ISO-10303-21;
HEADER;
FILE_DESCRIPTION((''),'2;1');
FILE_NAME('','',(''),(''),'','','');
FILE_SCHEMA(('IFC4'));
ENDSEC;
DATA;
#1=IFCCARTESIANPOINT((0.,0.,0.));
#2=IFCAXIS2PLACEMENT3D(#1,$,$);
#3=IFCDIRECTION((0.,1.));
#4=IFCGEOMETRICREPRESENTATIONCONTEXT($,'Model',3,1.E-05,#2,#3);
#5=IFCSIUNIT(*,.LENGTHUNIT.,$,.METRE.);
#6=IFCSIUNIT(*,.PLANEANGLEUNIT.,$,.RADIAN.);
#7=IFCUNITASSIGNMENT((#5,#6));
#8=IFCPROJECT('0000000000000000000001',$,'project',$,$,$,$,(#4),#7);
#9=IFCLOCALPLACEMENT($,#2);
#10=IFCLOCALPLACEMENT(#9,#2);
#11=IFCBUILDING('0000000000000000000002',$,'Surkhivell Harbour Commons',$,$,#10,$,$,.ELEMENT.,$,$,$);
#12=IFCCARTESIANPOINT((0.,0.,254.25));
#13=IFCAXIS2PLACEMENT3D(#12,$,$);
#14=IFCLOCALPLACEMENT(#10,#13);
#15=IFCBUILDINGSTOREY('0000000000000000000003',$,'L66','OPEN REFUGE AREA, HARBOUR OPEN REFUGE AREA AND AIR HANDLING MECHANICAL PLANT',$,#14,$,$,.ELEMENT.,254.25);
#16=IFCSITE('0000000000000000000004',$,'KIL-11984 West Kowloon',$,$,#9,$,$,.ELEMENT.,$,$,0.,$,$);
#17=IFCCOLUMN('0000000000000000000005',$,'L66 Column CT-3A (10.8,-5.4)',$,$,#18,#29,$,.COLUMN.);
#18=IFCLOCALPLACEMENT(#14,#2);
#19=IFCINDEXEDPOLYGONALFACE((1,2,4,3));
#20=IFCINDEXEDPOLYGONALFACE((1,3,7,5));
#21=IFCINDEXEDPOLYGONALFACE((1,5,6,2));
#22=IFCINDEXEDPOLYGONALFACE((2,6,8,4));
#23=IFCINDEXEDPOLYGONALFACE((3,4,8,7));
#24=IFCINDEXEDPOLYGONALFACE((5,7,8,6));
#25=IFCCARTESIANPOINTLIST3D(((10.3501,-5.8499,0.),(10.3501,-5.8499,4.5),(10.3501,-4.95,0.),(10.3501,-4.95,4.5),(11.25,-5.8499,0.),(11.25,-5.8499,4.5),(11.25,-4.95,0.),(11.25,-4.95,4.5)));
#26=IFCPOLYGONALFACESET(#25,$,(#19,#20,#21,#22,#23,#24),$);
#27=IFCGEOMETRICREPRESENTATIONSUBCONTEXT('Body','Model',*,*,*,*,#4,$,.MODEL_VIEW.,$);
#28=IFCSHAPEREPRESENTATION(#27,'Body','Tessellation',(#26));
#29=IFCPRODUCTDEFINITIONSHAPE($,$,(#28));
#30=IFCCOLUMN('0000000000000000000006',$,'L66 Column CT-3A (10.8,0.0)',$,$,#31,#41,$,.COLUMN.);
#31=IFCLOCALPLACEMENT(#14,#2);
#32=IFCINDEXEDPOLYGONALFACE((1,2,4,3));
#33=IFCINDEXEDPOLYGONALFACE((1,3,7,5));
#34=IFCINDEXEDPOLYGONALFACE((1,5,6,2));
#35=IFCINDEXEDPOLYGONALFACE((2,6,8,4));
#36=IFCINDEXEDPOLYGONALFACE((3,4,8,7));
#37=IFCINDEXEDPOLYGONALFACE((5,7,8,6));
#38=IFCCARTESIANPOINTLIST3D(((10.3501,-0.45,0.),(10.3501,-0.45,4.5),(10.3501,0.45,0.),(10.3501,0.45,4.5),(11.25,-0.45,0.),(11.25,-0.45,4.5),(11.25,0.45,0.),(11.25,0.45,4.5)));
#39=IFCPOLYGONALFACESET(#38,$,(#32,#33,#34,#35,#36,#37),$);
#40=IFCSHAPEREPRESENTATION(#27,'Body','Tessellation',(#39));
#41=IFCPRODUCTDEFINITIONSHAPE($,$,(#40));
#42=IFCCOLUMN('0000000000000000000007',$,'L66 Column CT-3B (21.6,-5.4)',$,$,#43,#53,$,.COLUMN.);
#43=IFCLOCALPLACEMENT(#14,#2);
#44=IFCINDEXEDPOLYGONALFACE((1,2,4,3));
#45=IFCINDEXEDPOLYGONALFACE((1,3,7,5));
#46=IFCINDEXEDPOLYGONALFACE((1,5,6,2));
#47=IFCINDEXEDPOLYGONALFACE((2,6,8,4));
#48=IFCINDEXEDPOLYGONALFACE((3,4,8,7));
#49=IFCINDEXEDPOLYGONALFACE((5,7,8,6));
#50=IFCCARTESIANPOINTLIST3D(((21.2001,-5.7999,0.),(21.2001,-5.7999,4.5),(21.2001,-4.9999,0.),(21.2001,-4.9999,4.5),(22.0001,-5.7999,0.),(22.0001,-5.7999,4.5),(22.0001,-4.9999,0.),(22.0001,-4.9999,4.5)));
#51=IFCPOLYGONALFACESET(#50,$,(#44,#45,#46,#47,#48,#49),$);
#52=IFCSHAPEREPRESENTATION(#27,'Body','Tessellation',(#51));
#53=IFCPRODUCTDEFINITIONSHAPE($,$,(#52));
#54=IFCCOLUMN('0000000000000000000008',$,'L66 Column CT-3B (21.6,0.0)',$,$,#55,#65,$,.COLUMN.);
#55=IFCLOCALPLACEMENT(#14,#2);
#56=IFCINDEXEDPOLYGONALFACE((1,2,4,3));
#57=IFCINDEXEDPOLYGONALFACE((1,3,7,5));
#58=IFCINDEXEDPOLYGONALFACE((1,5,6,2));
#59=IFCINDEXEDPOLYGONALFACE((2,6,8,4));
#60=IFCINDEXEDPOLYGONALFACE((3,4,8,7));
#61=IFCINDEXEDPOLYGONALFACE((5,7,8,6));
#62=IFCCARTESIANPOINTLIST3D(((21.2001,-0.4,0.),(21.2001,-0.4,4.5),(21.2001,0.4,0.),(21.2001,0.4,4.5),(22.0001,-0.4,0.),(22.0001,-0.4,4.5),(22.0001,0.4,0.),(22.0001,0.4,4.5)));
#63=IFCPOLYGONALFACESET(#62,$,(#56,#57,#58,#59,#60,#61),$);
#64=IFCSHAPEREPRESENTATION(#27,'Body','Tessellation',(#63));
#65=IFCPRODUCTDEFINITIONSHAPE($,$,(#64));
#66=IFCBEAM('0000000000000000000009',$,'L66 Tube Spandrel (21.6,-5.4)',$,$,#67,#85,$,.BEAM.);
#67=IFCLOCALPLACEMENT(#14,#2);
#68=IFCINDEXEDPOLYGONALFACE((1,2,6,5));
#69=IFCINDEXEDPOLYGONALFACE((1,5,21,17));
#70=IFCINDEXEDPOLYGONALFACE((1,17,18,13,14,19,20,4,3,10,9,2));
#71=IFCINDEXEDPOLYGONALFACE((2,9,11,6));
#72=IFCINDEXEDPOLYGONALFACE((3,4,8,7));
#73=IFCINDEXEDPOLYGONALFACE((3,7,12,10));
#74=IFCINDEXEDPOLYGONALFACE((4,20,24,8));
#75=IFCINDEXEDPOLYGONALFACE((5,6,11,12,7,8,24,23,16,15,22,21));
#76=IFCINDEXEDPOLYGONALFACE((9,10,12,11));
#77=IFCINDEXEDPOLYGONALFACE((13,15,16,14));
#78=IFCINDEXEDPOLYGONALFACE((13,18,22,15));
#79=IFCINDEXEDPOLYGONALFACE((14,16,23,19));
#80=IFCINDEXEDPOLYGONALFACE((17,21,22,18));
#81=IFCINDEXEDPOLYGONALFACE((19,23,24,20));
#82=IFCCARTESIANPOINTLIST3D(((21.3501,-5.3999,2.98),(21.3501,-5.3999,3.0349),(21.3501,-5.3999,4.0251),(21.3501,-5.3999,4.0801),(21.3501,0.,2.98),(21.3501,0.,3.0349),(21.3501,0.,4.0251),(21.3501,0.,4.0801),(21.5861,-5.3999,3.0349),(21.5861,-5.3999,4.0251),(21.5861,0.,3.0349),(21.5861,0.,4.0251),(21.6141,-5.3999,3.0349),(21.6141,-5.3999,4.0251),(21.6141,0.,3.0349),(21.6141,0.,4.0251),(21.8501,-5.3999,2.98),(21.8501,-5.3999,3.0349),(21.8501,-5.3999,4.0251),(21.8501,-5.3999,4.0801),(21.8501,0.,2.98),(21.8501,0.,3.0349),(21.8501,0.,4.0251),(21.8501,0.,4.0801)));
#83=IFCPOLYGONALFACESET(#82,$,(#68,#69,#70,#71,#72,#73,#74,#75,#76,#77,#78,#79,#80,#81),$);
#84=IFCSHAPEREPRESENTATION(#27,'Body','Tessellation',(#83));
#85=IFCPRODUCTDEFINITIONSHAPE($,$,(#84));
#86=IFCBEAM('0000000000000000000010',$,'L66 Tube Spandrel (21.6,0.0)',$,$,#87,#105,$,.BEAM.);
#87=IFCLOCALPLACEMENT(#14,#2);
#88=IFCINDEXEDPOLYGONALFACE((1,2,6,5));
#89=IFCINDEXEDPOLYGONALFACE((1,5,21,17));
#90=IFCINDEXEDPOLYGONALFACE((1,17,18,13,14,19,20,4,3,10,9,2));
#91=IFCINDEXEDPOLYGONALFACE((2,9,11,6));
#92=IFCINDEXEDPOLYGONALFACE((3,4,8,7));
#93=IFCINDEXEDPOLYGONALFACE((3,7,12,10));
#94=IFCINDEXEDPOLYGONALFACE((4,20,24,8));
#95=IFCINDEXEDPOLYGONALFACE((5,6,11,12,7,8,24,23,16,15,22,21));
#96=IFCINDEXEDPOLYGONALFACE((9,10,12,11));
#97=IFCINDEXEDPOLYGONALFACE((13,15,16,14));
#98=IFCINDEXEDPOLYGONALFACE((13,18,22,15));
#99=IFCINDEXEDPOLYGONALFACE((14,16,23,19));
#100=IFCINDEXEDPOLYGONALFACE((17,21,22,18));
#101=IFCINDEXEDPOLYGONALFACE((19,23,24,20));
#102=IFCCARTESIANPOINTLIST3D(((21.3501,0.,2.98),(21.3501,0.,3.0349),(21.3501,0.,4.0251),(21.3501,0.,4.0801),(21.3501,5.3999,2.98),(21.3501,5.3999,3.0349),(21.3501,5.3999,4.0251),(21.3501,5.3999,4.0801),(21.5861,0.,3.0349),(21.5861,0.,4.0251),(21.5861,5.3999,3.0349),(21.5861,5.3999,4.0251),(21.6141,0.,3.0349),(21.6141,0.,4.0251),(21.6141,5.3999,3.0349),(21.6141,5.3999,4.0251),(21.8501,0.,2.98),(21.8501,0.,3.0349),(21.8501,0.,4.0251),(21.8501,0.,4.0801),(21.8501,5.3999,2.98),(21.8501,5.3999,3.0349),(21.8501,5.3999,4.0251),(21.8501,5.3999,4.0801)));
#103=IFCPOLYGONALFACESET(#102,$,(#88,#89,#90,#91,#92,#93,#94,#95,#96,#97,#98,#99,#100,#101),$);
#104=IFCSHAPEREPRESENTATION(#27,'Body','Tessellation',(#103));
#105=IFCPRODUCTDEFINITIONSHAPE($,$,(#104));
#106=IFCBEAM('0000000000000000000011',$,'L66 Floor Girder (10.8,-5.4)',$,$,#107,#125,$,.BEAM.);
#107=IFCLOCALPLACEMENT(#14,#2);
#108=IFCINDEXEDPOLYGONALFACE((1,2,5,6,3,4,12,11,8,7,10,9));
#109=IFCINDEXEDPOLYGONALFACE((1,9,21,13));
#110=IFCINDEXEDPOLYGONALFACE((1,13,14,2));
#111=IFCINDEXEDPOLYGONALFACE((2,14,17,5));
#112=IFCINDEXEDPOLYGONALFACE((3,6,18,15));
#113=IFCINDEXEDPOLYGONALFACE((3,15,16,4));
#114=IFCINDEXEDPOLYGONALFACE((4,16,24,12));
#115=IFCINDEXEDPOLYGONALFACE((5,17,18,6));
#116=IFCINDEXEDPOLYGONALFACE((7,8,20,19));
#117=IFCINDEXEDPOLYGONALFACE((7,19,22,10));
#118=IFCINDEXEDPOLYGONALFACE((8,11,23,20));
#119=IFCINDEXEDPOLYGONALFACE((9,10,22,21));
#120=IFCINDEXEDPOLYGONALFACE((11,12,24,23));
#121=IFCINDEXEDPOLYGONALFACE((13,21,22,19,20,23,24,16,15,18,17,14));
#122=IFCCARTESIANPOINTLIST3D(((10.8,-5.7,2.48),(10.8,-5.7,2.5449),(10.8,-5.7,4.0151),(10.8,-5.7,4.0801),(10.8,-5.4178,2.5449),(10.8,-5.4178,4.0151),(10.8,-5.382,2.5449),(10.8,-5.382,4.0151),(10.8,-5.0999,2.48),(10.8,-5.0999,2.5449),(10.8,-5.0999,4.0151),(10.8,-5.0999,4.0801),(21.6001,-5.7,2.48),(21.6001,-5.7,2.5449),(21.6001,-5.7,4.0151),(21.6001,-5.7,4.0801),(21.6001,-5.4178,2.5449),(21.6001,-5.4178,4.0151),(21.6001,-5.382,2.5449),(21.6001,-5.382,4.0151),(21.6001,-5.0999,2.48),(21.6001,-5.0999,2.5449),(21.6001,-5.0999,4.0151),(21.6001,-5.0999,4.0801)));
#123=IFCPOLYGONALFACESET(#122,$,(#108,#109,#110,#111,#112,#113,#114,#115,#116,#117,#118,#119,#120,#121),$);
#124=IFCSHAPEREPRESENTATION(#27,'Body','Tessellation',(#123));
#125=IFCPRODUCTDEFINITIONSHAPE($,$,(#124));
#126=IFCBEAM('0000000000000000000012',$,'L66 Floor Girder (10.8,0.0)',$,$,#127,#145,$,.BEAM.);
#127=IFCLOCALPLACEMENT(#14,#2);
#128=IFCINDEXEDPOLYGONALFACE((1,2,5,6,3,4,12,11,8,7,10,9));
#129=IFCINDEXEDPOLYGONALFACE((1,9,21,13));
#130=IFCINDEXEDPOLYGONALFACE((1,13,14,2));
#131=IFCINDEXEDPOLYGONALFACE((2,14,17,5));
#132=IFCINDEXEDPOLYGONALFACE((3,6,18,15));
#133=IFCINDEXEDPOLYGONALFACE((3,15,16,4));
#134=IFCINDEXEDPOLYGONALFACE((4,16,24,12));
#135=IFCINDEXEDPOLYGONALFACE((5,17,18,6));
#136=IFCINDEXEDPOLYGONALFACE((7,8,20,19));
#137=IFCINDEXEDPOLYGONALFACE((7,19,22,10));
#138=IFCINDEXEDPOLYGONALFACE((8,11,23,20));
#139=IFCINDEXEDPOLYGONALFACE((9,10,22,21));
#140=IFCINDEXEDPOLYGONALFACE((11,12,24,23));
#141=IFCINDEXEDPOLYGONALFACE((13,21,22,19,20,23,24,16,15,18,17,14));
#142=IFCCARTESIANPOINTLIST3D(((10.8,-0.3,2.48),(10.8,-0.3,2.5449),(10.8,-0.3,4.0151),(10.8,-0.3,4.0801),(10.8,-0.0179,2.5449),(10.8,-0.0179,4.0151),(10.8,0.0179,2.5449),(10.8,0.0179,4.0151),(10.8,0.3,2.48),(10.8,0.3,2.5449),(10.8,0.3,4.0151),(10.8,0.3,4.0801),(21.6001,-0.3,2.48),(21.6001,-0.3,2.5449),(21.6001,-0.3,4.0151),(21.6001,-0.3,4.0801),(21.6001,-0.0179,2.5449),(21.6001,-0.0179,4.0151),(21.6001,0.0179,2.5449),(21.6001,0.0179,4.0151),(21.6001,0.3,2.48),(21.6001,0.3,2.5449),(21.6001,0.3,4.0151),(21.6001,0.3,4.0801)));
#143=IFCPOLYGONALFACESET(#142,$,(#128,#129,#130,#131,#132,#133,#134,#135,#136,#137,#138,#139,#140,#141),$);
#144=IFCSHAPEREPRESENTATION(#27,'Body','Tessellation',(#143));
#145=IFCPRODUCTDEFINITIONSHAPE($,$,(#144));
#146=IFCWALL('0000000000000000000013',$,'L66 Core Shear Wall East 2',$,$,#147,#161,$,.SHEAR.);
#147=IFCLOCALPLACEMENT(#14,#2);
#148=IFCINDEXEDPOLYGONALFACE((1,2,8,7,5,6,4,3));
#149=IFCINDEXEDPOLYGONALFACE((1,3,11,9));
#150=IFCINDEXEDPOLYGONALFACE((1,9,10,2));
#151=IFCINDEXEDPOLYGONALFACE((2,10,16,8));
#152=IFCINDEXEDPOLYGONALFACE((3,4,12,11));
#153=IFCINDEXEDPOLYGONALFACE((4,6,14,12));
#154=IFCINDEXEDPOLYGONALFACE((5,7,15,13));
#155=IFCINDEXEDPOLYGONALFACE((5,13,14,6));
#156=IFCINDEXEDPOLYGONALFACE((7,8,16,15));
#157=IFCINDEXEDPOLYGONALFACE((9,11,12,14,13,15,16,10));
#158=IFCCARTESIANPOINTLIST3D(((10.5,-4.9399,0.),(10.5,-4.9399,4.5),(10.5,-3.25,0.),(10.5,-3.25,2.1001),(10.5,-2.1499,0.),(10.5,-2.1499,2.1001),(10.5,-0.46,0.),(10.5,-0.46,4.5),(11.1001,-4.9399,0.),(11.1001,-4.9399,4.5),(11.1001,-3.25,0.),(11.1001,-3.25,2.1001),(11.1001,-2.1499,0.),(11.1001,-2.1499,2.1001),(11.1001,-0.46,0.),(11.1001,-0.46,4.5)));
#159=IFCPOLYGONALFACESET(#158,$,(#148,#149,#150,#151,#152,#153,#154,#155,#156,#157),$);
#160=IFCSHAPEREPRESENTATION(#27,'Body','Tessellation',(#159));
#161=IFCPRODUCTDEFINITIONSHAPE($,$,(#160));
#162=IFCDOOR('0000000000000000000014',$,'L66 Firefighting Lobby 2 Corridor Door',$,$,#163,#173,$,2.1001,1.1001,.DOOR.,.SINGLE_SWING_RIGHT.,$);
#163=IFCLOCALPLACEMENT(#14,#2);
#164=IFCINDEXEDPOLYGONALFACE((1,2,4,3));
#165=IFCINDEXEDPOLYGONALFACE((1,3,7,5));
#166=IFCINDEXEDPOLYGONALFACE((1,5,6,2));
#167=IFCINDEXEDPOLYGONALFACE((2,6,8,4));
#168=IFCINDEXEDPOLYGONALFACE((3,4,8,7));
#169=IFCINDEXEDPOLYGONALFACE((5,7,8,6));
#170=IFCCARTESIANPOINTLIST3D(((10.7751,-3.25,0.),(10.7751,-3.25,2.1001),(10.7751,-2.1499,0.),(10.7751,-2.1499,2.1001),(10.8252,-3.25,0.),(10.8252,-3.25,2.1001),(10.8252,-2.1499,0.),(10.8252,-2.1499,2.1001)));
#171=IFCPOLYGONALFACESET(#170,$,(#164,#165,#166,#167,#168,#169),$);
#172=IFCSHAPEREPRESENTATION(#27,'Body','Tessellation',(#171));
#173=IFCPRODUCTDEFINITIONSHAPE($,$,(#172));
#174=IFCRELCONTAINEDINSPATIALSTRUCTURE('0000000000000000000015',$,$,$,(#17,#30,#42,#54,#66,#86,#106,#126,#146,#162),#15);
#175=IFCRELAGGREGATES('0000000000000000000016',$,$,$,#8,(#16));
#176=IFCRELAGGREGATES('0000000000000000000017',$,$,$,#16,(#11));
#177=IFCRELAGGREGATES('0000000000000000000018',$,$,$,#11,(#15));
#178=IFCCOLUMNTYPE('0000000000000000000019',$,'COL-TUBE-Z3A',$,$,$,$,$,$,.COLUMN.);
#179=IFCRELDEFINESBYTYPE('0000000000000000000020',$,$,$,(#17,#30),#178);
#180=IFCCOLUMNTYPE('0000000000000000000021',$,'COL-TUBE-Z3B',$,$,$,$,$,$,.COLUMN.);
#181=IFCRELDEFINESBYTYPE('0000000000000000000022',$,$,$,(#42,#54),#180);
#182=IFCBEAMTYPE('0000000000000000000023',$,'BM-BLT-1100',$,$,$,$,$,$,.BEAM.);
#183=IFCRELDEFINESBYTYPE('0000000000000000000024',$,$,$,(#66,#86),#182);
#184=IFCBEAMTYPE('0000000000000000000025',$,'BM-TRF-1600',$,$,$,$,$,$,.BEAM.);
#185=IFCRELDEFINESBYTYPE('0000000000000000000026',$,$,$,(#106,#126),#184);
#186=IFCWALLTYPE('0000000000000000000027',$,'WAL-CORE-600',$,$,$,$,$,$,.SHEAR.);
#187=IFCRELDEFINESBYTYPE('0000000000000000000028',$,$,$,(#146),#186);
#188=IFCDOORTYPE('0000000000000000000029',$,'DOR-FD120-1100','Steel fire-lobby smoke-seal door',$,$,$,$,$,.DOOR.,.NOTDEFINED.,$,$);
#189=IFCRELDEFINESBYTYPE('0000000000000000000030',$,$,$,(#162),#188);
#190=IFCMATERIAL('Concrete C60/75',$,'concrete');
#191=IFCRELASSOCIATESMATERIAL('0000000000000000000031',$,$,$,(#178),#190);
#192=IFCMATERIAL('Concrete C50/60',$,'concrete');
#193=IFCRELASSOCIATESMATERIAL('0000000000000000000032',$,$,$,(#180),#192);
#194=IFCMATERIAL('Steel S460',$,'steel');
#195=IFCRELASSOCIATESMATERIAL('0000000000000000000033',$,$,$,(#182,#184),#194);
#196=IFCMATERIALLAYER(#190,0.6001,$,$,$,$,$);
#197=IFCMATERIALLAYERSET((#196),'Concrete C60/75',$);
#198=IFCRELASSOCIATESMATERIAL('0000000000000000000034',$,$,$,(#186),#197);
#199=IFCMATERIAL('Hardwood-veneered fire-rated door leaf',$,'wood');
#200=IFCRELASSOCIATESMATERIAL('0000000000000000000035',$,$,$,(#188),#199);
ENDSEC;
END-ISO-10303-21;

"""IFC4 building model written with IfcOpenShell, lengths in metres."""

from ifc_helpers import new_model, si_unit, direction, frame, frame_2d, origin, origin_2d, place, context, subcontext, project, spatial, rectangle, i_section, extrude, material, layer, layer_set, material_profile, profile_set, type_object, element, fill, save


model = new_model("IFC4")

# Units and contexts
model_context = context("Model", 3, precision=1e-05, world=origin(), true_north=direction((0.0, 1.0)))
body_context = subcontext(model_context, "Body", "Model", "MODEL_VIEW")
ifc_project = project(units=[si_unit("LENGTHUNIT", "METRE"), si_unit("PLANEANGLEUNIT", "RADIAN")], contexts=[model_context])

# Site, building, storey
site_placement = place(None, origin())
site = spatial("IfcSite", under=ifc_project, at=site_placement, Name="KIL-11984 West Kowloon", CompositionType="ELEMENT", RefElevation=0.0)
building_placement = place(site_placement, origin())
building = spatial("IfcBuilding", under=site, at=building_placement, Name="Surkhivell Harbour Commons", CompositionType="ELEMENT")
storey_placement = place(building_placement, frame((0.0, 0.0, 254.25)))
storey = spatial("IfcBuildingStorey", under=building, at=storey_placement, Name="L66", Description="OPEN REFUGE AREA, HARBOUR OPEN REFUGE AREA AND AIR HANDLING MECHANICAL PLANT", CompositionType="ELEMENT", Elevation=254.25)

# Columns
ifc_material_1 = material(Name="Concrete C60/75", Category="concrete")
ifc_material_profile_1 = material_profile(ifc_material_1, rectangle(XDim=0.8999, YDim=0.8999, at=origin_2d()), Name="RC-COL-900x900")
ifc_profile_set_1 = profile_set([ifc_material_profile_1], Name="Concrete C60/75")
column_type_1 = type_object("IfcColumnType", Name="COL-TUBE-Z3A", PredefinedType="COLUMN", material=ifc_profile_set_1)
for number, where, z_axis, x_axis, name in (
    (1, (10.8, -5.3999, 0.0), (0.0, 0.0, 1.0), (1.0, 0.0, 0.0), "L66 Column CT-3A (10.8,-5.4)"),
    (2, (10.8, 0.0, 0.0), (0.0, 0.0, 1.0), (1.0, 0.0, 0.0), "L66 Column CT-3A (10.8,0.0)"),
):
    element("IfcColumn", number, at=place(storey_placement, frame(where, z_axis=z_axis, x_axis=x_axis)), inside=storey, type_object=column_type_1, Name=name, PredefinedType="COLUMN", context=body_context, shape_type="SweptSolid", body=[
        extrude(rectangle(XDim=0.8999, YDim=0.8999, at=origin_2d()), origin(), (0.0, 0.0, 1.0), 4.5),
    ])
ifc_material_2 = material(Name="Concrete C50/60", Category="concrete")
ifc_material_profile_2 = material_profile(ifc_material_2, rectangle(XDim=0.8, YDim=0.8, at=origin_2d()), Name="RC-COL-800x800")
ifc_profile_set_2 = profile_set([ifc_material_profile_2], Name="Concrete C50/60")
column_type_2 = type_object("IfcColumnType", Name="COL-TUBE-Z3B", PredefinedType="COLUMN", material=ifc_profile_set_2)
for number, where, z_axis, x_axis, name in (
    (3, (21.6001, -5.3999, 0.0), (0.0, 0.0, 1.0), (1.0, 0.0, 0.0), "L66 Column CT-3B (21.6,-5.4)"),
    (4, (21.6001, 0.0, 0.0), (0.0, 0.0, 1.0), (1.0, 0.0, 0.0), "L66 Column CT-3B (21.6,0.0)"),
):
    element("IfcColumn", number, at=place(storey_placement, frame(where, z_axis=z_axis, x_axis=x_axis)), inside=storey, type_object=column_type_2, Name=name, PredefinedType="COLUMN", context=body_context, shape_type="SweptSolid", body=[
        extrude(rectangle(XDim=0.8, YDim=0.8, at=origin_2d()), origin(), (0.0, 0.0, 1.0), 4.5),
    ])

# Beams
ifc_material_3 = material(Name="Steel S460", Category="steel")
ifc_material_profile_3 = material_profile(ifc_material_3, i_section(OverallWidth=0.5, OverallDepth=1.1001, WebThickness=0.0281, FlangeThickness=0.0549, at=origin_2d()), Name="WPG1100x500x210")
ifc_profile_set_3 = profile_set([ifc_material_profile_3], Name="Steel S460")
beam_type_1 = type_object("IfcBeamType", Name="BM-BLT-1100", PredefinedType="BEAM", material=ifc_profile_set_3)
for number, where, z_axis, x_axis, name in (
    (5, (21.6001, -5.3999, 3.53), (0.0, 1.0, 0.0), (-1.0, 0.0, 0.0), "L66 Tube Spandrel (21.6,-5.4)"),
    (6, (21.6001, 0.0, 3.53), (0.0, 1.0, 0.0), (-1.0, 0.0, 0.0), "L66 Tube Spandrel (21.6,0.0)"),
):
    element("IfcBeam", number, at=place(storey_placement, frame(where, z_axis=z_axis, x_axis=x_axis)), inside=storey, type_object=beam_type_1, Name=name, PredefinedType="BEAM", context=body_context, shape_type="SweptSolid", body=[
        extrude(i_section(OverallWidth=0.5, OverallDepth=1.1001, WebThickness=0.0281, FlangeThickness=0.0549, at=origin_2d()), origin(), (0.0, 0.0, 1.0), 5.3999),
    ])
ifc_material_profile_4 = material_profile(ifc_material_3, i_section(OverallWidth=0.6001, OverallDepth=1.6001, WebThickness=0.0359, FlangeThickness=0.0649, at=origin_2d()), Name="WPG1600x600x296")
ifc_profile_set_4 = profile_set([ifc_material_profile_4], Name="Steel S460")
beam_type_2 = type_object("IfcBeamType", Name="BM-TRF-1600", PredefinedType="BEAM", material=ifc_profile_set_4)
for number, where, z_axis, x_axis, name in (
    (7, (10.8, -5.3999, 3.28), (1.0, 0.0, 0.0), (0.0, 1.0, 0.0), "L66 Floor Girder (10.8,-5.4)"),
    (8, (10.8, 0.0, 3.28), (1.0, 0.0, 0.0), (0.0, 1.0, 0.0), "L66 Floor Girder (10.8,0.0)"),
):
    element("IfcBeam", number, at=place(storey_placement, frame(where, z_axis=z_axis, x_axis=x_axis)), inside=storey, type_object=beam_type_2, Name=name, PredefinedType="BEAM", context=body_context, shape_type="SweptSolid", body=[
        extrude(i_section(OverallWidth=0.6001, OverallDepth=1.6001, WebThickness=0.0359, FlangeThickness=0.0649, at=origin_2d()), origin(), (0.0, 0.0, 1.0), 10.8),
    ])

# Wall, opening, door
ifc_layer_1 = layer(ifc_material_1, 0.6001)
ifc_layer_set_1 = layer_set([ifc_layer_1], Name="Concrete C60/75")
wall_type_1 = type_object("IfcWallType", Name="WAL-CORE-600", PredefinedType="SHEAR", material=ifc_layer_set_1)
wall_1_placement = place(storey_placement, frame((10.8, -4.9399, 0.0), z_axis=(0.0, 0.0, 1.0), x_axis=(0.0, 1.0, 0.0)))
wall_1 = element("IfcWall", 9, at=wall_1_placement, inside=storey, type_object=wall_type_1, Name="L66 Core Shear Wall East 2", PredefinedType="SHEAR", context=body_context, shape_type="SweptSolid", body=[
    extrude(rectangle(XDim=4.48, YDim=0.6001, at=frame_2d((2.24, 0.0))), origin(), (0.0, 0.0, 1.0), 4.5),
])
opening_1_placement = place(wall_1_placement, frame((1.6899, 0.0, 0.0)))
opening_1 = element("IfcOpeningElement", 10, at=opening_1_placement, cuts=wall_1, PredefinedType="OPENING", context=body_context, shape_type="SweptSolid", body=[
    extrude(rectangle(XDim=1.1001, YDim=2.1001, at=frame_2d((0.55, 1.05))), frame((0.0, 0.3101, 0.0), z_axis=(0.0, -1.0, 0.0), x_axis=(1.0, 0.0, 0.0)), (0.0, 0.0, 1.0), 0.6201),
])
ifc_material_4 = material(Name="Hardwood-veneered fire-rated door leaf", Category="wood")
door_type_1 = type_object("IfcDoorType", Name="DOR-FD120-1100", Description="Steel fire-lobby smoke-seal door", OperationType="NOTDEFINED", PredefinedType="DOOR", material=ifc_material_4)
door_1_placement = place(opening_1_placement, origin())
door_1 = element("IfcDoor", 11, at=door_1_placement, inside=storey, type_object=door_type_1, Name="L66 Firefighting Lobby 2 Corridor Door", OperationType="SINGLE_SWING_RIGHT", OverallHeight=2.1001, OverallWidth=1.1001, PredefinedType="DOOR", context=body_context, shape_type="SweptSolid", body=[
    extrude(rectangle(XDim=1.1001, YDim=2.1001, at=frame_2d((0.55, 1.05))), frame((0.0, 0.0249, 0.0), z_axis=(0.0, -1.0, 0.0), x_axis=(1.0, 0.0, 0.0)), (0.0, 0.0, 1.0), 0.05),
])
fill(opening_1, door_1)

save(model, "model.ifc")
